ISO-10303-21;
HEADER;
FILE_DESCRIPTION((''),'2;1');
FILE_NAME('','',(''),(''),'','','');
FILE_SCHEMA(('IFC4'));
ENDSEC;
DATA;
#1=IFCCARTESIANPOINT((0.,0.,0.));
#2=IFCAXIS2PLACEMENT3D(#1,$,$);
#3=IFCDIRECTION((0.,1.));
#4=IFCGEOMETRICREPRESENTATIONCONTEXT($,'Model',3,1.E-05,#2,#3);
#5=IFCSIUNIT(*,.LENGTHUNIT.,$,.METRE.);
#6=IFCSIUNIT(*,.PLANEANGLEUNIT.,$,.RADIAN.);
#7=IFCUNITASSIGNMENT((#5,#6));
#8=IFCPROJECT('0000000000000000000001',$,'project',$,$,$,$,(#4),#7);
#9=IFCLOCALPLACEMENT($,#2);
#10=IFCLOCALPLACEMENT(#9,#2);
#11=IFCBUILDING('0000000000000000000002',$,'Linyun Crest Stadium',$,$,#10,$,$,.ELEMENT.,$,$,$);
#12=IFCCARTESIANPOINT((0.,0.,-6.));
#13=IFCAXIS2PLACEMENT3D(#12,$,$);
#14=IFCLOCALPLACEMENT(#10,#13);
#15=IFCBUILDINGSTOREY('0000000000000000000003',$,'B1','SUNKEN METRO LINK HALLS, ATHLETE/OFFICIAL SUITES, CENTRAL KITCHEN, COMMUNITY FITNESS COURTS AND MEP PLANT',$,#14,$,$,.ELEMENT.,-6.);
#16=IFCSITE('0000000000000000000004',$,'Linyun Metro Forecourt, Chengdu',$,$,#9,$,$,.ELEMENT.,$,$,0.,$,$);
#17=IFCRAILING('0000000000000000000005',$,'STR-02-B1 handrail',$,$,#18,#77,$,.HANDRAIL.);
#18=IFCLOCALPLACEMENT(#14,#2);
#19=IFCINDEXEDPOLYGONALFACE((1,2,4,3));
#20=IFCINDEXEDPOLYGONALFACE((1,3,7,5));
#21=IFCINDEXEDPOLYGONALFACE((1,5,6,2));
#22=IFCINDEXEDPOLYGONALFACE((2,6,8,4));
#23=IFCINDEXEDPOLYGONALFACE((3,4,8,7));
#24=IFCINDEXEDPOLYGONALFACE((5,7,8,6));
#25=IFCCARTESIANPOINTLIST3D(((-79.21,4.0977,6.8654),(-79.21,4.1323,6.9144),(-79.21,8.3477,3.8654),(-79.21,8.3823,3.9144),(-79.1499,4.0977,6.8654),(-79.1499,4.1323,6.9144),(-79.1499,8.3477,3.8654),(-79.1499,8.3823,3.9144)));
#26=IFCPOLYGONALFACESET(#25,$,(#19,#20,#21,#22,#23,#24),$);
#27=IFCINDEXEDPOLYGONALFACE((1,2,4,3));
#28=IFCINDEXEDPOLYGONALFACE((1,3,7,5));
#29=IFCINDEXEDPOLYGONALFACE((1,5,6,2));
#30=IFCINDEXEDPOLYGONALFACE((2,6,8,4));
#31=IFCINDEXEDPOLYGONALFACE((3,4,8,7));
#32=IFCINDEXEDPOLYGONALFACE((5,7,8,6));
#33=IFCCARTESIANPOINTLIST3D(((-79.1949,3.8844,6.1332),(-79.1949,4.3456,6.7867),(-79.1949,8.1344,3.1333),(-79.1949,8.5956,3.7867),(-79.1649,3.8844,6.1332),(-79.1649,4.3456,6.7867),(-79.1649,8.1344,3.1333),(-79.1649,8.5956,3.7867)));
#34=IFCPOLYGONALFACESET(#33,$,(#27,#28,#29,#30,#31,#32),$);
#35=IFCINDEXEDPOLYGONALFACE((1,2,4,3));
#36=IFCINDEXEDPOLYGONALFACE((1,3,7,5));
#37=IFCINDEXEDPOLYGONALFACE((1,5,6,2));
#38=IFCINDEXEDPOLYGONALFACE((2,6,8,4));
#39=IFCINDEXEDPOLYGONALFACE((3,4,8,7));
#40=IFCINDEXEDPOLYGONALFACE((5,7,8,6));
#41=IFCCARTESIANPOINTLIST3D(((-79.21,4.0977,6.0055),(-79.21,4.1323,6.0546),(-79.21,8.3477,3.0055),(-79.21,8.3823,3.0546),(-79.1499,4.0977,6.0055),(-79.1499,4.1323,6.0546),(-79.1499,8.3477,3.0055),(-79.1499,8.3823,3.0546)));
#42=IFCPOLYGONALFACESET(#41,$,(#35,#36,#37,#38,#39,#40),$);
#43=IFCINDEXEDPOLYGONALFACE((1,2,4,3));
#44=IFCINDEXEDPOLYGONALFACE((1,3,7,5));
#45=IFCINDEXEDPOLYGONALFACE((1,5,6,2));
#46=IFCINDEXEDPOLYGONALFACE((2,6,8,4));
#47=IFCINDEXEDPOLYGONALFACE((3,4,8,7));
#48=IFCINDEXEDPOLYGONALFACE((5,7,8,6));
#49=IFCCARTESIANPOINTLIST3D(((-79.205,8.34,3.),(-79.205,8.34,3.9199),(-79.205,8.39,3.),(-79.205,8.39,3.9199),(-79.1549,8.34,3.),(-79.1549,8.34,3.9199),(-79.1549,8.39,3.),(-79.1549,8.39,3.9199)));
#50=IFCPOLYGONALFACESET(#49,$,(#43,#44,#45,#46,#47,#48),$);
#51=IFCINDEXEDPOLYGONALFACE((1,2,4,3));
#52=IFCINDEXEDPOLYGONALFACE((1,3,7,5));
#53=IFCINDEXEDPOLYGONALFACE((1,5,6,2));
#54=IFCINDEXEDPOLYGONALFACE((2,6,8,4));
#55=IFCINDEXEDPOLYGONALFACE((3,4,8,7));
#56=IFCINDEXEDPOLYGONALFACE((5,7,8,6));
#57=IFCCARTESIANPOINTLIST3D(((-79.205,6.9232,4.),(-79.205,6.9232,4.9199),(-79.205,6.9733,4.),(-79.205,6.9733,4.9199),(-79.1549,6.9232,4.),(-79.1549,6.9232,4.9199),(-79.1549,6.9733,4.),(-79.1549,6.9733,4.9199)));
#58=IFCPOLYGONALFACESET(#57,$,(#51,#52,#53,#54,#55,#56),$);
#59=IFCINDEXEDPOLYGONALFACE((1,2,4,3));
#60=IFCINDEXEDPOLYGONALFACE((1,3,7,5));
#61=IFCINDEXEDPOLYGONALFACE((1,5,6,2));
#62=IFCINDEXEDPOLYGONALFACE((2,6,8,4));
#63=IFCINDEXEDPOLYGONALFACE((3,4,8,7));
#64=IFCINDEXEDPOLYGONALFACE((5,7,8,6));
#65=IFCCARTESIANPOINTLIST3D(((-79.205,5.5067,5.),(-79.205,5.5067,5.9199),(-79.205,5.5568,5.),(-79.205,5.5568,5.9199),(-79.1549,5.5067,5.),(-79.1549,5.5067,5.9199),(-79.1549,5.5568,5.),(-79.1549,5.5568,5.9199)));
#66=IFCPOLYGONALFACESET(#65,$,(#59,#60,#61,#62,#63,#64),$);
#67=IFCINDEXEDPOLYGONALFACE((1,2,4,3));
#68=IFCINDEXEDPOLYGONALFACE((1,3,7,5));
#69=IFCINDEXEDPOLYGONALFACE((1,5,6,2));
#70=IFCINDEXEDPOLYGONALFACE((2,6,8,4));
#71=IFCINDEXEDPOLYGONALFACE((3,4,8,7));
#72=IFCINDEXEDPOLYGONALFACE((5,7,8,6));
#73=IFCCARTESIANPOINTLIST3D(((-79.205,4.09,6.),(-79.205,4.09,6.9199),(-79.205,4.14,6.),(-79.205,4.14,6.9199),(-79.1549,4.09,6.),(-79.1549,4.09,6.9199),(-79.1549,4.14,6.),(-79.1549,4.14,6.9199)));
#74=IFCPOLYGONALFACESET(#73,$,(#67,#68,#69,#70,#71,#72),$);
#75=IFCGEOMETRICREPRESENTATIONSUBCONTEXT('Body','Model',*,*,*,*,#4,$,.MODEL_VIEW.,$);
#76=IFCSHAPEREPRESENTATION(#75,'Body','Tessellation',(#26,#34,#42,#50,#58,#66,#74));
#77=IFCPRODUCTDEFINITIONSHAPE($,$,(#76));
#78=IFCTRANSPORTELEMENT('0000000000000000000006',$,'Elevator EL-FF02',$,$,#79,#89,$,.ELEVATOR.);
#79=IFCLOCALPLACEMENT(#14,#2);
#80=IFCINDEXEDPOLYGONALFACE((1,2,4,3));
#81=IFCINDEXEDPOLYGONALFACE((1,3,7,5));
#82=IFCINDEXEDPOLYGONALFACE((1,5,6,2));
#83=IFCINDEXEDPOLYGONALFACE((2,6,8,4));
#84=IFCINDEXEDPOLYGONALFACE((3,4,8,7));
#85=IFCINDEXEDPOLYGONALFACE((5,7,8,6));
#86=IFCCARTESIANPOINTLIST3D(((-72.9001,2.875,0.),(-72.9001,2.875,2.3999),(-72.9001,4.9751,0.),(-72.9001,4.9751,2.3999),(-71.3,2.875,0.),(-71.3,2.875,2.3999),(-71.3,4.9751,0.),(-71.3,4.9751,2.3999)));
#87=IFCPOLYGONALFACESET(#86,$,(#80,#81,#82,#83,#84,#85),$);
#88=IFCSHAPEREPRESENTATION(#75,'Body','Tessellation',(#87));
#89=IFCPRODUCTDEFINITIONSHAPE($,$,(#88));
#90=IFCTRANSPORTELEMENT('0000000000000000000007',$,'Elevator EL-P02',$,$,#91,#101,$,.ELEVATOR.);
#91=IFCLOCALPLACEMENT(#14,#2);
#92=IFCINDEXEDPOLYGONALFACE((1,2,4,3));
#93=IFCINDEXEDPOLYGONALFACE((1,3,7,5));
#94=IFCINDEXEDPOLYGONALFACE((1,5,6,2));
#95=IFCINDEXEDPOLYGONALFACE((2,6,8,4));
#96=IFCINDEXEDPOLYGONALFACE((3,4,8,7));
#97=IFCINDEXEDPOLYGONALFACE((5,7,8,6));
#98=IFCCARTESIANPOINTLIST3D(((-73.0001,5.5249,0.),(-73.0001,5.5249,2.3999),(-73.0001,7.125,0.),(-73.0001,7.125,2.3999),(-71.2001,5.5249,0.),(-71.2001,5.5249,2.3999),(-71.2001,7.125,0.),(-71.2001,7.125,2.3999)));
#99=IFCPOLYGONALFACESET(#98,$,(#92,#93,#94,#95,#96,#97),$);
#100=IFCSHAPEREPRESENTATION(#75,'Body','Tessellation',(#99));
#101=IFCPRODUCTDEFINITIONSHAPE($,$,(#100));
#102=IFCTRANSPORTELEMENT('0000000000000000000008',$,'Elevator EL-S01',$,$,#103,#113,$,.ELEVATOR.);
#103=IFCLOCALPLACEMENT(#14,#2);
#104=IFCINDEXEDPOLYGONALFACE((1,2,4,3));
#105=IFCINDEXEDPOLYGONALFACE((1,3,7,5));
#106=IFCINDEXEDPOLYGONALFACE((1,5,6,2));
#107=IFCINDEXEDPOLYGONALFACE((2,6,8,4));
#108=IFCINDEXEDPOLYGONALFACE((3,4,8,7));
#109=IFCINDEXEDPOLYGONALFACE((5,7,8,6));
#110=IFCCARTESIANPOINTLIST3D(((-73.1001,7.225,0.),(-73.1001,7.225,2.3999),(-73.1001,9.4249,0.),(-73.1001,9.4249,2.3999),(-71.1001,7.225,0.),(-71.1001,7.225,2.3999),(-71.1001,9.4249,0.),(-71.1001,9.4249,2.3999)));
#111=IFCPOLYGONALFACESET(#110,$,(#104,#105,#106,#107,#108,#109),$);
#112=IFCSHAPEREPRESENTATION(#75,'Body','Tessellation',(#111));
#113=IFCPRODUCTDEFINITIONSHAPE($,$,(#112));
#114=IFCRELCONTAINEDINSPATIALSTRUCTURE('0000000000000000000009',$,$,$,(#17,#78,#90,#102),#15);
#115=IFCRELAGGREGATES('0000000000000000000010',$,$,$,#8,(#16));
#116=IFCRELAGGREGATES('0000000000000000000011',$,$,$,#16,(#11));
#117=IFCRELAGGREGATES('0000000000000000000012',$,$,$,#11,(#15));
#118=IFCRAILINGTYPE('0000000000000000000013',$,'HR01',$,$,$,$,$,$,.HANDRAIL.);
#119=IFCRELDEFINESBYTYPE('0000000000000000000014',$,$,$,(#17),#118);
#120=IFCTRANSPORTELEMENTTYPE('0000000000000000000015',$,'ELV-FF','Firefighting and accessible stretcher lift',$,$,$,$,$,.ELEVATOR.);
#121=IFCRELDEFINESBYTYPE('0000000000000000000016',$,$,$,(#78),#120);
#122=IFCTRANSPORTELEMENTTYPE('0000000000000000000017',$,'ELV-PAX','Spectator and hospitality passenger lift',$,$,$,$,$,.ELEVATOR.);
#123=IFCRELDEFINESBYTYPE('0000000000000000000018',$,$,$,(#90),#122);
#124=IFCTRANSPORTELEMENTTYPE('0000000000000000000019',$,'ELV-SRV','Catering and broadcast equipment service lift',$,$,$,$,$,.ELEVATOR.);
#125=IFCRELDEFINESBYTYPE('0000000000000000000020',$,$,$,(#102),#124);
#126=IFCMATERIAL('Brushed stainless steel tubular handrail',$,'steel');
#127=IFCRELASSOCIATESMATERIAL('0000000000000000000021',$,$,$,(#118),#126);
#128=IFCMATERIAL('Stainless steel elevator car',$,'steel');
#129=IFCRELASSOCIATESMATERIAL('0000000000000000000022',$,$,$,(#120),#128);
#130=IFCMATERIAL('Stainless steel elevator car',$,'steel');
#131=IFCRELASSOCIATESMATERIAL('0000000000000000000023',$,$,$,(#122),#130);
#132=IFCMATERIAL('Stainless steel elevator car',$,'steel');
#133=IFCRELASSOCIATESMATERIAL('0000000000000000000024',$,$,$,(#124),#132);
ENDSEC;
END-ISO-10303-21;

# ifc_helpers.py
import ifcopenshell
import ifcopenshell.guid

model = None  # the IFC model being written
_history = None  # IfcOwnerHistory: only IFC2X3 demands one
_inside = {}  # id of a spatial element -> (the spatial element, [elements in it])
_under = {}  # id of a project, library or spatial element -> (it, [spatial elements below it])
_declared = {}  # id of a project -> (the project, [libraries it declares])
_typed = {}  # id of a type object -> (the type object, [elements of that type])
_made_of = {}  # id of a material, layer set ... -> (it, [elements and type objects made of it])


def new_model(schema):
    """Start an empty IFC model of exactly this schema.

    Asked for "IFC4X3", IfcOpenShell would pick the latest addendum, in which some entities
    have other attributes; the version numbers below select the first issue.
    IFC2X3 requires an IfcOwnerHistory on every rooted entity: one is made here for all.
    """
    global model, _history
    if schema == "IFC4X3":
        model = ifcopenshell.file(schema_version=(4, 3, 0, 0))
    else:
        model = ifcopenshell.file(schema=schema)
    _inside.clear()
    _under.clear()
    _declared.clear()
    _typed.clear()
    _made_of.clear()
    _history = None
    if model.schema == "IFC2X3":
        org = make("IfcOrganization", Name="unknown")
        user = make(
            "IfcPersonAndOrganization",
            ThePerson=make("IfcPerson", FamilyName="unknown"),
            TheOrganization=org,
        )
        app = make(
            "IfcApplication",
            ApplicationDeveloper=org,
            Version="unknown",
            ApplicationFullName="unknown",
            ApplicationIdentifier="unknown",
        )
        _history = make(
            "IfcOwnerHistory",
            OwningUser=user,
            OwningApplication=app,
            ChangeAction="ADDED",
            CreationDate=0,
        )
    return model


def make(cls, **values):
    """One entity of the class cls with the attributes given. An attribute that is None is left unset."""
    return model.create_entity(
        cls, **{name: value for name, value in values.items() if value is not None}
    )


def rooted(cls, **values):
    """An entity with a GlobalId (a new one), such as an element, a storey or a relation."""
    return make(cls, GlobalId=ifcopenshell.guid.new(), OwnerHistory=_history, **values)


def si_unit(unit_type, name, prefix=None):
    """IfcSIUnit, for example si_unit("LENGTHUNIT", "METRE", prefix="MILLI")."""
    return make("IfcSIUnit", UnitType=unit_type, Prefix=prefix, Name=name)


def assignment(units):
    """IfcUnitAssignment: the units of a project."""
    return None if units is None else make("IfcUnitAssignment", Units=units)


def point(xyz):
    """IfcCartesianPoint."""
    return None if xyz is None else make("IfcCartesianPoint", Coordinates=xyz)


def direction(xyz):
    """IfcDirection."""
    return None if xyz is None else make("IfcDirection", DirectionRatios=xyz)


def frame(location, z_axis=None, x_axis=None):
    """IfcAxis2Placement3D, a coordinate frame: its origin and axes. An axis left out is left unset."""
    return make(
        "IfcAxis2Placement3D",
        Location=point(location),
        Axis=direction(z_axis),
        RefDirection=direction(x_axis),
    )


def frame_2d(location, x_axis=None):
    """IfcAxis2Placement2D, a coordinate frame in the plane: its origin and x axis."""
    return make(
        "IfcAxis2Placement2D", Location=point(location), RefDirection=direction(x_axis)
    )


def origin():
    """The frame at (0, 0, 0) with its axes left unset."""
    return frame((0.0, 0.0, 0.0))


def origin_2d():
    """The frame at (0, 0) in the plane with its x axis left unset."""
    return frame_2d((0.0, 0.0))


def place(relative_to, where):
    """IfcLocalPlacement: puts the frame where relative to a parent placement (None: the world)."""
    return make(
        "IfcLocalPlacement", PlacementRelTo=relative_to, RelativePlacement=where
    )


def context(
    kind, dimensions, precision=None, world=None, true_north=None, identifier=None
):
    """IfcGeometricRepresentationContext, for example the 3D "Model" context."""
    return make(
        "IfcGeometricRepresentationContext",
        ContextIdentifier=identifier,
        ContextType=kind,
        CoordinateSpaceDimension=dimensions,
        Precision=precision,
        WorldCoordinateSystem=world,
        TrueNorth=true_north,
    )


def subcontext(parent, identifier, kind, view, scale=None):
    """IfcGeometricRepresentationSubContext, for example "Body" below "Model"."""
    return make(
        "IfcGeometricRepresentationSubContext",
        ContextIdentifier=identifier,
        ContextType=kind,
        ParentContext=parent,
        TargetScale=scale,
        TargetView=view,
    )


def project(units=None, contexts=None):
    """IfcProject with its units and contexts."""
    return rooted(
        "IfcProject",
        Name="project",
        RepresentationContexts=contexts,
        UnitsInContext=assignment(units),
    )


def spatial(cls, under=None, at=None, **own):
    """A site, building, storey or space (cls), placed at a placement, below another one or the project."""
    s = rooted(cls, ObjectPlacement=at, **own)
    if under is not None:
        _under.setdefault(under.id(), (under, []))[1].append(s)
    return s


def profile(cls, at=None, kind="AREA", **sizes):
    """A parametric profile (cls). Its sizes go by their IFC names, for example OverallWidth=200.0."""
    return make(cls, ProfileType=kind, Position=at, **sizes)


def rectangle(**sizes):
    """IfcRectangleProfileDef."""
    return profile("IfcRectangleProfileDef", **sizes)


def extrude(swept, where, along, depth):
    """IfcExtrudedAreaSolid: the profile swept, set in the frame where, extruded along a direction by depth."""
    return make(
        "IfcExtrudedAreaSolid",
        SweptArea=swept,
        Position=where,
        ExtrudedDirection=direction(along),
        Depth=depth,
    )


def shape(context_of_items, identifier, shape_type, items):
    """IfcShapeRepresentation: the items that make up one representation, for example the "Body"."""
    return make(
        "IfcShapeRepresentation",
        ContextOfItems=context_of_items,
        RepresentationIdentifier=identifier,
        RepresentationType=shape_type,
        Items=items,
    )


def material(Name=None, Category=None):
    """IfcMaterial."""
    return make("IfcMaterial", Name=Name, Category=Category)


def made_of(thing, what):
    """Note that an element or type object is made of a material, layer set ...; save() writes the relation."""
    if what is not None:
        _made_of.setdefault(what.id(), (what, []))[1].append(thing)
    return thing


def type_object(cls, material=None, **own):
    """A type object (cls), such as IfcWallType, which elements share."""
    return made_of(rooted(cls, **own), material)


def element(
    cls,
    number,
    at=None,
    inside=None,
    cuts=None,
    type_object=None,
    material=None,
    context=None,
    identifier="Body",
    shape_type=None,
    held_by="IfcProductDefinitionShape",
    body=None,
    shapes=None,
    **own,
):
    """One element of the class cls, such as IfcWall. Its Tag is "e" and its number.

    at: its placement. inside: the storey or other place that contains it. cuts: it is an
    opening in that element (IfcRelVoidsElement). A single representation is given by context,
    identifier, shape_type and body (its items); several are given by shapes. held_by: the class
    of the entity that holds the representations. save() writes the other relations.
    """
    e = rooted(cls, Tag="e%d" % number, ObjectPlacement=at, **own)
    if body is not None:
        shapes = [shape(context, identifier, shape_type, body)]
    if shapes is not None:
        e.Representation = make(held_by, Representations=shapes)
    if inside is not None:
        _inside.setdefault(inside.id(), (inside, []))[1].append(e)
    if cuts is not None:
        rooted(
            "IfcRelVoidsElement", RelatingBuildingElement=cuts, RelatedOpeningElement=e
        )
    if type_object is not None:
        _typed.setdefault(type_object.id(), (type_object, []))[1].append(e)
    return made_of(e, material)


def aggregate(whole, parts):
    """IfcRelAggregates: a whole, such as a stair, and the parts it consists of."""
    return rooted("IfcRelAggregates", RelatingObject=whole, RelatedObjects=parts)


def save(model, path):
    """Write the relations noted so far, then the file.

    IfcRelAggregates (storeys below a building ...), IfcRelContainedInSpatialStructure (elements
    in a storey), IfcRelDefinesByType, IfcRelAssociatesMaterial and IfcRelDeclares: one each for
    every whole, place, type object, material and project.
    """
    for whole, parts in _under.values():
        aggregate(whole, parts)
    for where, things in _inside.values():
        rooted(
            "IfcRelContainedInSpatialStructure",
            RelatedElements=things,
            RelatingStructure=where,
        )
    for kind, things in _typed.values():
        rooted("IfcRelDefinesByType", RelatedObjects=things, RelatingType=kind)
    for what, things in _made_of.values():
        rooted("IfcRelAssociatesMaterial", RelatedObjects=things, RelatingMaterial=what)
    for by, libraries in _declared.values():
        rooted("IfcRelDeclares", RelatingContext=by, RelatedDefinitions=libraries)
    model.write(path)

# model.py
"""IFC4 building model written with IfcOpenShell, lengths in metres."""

from ifc_helpers import new_model, si_unit, direction, frame, origin, origin_2d, place, context, subcontext, project, spatial, rectangle, extrude, material, type_object, element, save


model = new_model("IFC4")

# Units and contexts
model_context = context("Model", 3, precision=1e-05, world=origin(), true_north=direction((0.0, 1.0)))
body_context = subcontext(model_context, "Body", "Model", "MODEL_VIEW")
ifc_project = project(units=[si_unit("LENGTHUNIT", "METRE"), si_unit("PLANEANGLEUNIT", "RADIAN")], contexts=[model_context])

# Site, building, storey
site_placement = place(None, origin())
site = spatial("IfcSite", under=ifc_project, at=site_placement, Name="Linyun Metro Forecourt, Chengdu", CompositionType="ELEMENT", RefElevation=0.0)
building_placement = place(site_placement, origin())
building = spatial("IfcBuilding", under=site, at=building_placement, Name="Linyun Crest Stadium", CompositionType="ELEMENT")
storey_placement = place(building_placement, frame((0.0, 0.0, -6.0)))
storey = spatial("IfcBuildingStorey", under=building, at=storey_placement, Name="B1", Description="SUNKEN METRO LINK HALLS, ATHLETE/OFFICIAL SUITES, CENTRAL KITCHEN, COMMUNITY FITNESS COURTS AND MEP PLANT", CompositionType="ELEMENT", Elevation=-6.0)

# Railing
ifc_material_1 = material(Name="Brushed stainless steel tubular handrail", Category="steel")
railing_type_1 = type_object("IfcRailingType", Name="HR01", PredefinedType="HANDRAIL", material=ifc_material_1)
railing_1_placement = place(storey_placement, frame((-79.1799, 8.365, 3.0)))
element("IfcRailing", 1, at=railing_1_placement, inside=storey, type_object=railing_type_1, Name="STR-02-B1 handrail", PredefinedType="HANDRAIL", context=body_context, shape_type="SweptSolid", body=[
    extrude(rectangle(XDim=0.0601, YDim=0.0601, at=origin_2d()), frame((0.0, 0.0, 0.8899), z_axis=(0.0, -0.816968, 0.576683), x_axis=(1.0, 0.0, 0.0)), (0.0, 0.0, 1.0), 5.2021),
    extrude(rectangle(XDim=0.03, YDim=0.7998, at=origin_2d()), frame((0.0, 0.0, 0.46), z_axis=(0.0, -0.816968, 0.576683), x_axis=(1.0, 0.0, 0.0)), (0.0, 0.0, 1.0), 5.2021),
    extrude(rectangle(XDim=0.0601, YDim=0.0601, at=origin_2d()), frame((0.0, 0.0, 0.03), z_axis=(0.0, -0.816968, 0.576683), x_axis=(1.0, 0.0, 0.0)), (0.0, 0.0, 1.0), 5.2021),
    extrude(rectangle(XDim=0.05, YDim=0.05, at=origin_2d()), origin(), (0.0, 0.0, 1.0), 0.9199),
    extrude(rectangle(XDim=0.05, YDim=0.05, at=origin_2d()), frame((0.0, -1.4167, 1.0)), (0.0, 0.0, 1.0), 0.9199),
    extrude(rectangle(XDim=0.05, YDim=0.05, at=origin_2d()), frame((0.0, -2.8333, 2.0)), (0.0, 0.0, 1.0), 0.9199),
    extrude(rectangle(XDim=0.05, YDim=0.05, at=origin_2d()), frame((0.0, -4.25, 3.0)), (0.0, 0.0, 1.0), 0.9199),
])

# Transport elements
ifc_material_2 = material(Name="Stainless steel elevator car", Category="steel")
transport_element_type_1 = type_object("IfcTransportElementType", Name="ELV-FF", Description="Firefighting and accessible stretcher lift", PredefinedType="ELEVATOR", material=ifc_material_2)
transport_element_1_placement = place(storey_placement, frame((-72.1001, 3.925, 0.0), z_axis=(0.0, 0.0, 1.0), x_axis=(1.0, 0.0, 0.0)))
element("IfcTransportElement", 2, at=transport_element_1_placement, inside=storey, type_object=transport_element_type_1, Name="Elevator EL-FF02", PredefinedType="ELEVATOR", context=body_context, shape_type="SweptSolid", body=[
    extrude(rectangle(XDim=1.6001, YDim=2.1001, at=origin_2d()), origin(), (0.0, 0.0, 1.0), 2.3999),
])
ifc_material_3 = material(Name="Stainless steel elevator car", Category="steel")
transport_element_type_2 = type_object("IfcTransportElementType", Name="ELV-PAX", Description="Spectator and hospitality passenger lift", PredefinedType="ELEVATOR", material=ifc_material_3)
transport_element_2_placement = place(storey_placement, frame((-72.1001, 6.325, 0.0), z_axis=(0.0, 0.0, 1.0), x_axis=(1.0, 0.0, 0.0)))
element("IfcTransportElement", 3, at=transport_element_2_placement, inside=storey, type_object=transport_element_type_2, Name="Elevator EL-P02", PredefinedType="ELEVATOR", context=body_context, shape_type="SweptSolid", body=[
    extrude(rectangle(XDim=1.8, YDim=1.6001, at=origin_2d()), origin(), (0.0, 0.0, 1.0), 2.3999),
])
ifc_material_4 = material(Name="Stainless steel elevator car", Category="steel")
transport_element_type_3 = type_object("IfcTransportElementType", Name="ELV-SRV", Description="Catering and broadcast equipment service lift", PredefinedType="ELEVATOR", material=ifc_material_4)
transport_element_3_placement = place(storey_placement, frame((-72.1001, 8.325, 0.0), z_axis=(0.0, 0.0, 1.0), x_axis=(1.0, 0.0, 0.0)))
element("IfcTransportElement", 4, at=transport_element_3_placement, inside=storey, type_object=transport_element_type_3, Name="Elevator EL-S01", PredefinedType="ELEVATOR", context=body_context, shape_type="SweptSolid", body=[
    extrude(rectangle(XDim=2.0, YDim=2.2, at=origin_2d()), origin(), (0.0, 0.0, 1.0), 2.3999),
])

save(model, "model.ifc")
